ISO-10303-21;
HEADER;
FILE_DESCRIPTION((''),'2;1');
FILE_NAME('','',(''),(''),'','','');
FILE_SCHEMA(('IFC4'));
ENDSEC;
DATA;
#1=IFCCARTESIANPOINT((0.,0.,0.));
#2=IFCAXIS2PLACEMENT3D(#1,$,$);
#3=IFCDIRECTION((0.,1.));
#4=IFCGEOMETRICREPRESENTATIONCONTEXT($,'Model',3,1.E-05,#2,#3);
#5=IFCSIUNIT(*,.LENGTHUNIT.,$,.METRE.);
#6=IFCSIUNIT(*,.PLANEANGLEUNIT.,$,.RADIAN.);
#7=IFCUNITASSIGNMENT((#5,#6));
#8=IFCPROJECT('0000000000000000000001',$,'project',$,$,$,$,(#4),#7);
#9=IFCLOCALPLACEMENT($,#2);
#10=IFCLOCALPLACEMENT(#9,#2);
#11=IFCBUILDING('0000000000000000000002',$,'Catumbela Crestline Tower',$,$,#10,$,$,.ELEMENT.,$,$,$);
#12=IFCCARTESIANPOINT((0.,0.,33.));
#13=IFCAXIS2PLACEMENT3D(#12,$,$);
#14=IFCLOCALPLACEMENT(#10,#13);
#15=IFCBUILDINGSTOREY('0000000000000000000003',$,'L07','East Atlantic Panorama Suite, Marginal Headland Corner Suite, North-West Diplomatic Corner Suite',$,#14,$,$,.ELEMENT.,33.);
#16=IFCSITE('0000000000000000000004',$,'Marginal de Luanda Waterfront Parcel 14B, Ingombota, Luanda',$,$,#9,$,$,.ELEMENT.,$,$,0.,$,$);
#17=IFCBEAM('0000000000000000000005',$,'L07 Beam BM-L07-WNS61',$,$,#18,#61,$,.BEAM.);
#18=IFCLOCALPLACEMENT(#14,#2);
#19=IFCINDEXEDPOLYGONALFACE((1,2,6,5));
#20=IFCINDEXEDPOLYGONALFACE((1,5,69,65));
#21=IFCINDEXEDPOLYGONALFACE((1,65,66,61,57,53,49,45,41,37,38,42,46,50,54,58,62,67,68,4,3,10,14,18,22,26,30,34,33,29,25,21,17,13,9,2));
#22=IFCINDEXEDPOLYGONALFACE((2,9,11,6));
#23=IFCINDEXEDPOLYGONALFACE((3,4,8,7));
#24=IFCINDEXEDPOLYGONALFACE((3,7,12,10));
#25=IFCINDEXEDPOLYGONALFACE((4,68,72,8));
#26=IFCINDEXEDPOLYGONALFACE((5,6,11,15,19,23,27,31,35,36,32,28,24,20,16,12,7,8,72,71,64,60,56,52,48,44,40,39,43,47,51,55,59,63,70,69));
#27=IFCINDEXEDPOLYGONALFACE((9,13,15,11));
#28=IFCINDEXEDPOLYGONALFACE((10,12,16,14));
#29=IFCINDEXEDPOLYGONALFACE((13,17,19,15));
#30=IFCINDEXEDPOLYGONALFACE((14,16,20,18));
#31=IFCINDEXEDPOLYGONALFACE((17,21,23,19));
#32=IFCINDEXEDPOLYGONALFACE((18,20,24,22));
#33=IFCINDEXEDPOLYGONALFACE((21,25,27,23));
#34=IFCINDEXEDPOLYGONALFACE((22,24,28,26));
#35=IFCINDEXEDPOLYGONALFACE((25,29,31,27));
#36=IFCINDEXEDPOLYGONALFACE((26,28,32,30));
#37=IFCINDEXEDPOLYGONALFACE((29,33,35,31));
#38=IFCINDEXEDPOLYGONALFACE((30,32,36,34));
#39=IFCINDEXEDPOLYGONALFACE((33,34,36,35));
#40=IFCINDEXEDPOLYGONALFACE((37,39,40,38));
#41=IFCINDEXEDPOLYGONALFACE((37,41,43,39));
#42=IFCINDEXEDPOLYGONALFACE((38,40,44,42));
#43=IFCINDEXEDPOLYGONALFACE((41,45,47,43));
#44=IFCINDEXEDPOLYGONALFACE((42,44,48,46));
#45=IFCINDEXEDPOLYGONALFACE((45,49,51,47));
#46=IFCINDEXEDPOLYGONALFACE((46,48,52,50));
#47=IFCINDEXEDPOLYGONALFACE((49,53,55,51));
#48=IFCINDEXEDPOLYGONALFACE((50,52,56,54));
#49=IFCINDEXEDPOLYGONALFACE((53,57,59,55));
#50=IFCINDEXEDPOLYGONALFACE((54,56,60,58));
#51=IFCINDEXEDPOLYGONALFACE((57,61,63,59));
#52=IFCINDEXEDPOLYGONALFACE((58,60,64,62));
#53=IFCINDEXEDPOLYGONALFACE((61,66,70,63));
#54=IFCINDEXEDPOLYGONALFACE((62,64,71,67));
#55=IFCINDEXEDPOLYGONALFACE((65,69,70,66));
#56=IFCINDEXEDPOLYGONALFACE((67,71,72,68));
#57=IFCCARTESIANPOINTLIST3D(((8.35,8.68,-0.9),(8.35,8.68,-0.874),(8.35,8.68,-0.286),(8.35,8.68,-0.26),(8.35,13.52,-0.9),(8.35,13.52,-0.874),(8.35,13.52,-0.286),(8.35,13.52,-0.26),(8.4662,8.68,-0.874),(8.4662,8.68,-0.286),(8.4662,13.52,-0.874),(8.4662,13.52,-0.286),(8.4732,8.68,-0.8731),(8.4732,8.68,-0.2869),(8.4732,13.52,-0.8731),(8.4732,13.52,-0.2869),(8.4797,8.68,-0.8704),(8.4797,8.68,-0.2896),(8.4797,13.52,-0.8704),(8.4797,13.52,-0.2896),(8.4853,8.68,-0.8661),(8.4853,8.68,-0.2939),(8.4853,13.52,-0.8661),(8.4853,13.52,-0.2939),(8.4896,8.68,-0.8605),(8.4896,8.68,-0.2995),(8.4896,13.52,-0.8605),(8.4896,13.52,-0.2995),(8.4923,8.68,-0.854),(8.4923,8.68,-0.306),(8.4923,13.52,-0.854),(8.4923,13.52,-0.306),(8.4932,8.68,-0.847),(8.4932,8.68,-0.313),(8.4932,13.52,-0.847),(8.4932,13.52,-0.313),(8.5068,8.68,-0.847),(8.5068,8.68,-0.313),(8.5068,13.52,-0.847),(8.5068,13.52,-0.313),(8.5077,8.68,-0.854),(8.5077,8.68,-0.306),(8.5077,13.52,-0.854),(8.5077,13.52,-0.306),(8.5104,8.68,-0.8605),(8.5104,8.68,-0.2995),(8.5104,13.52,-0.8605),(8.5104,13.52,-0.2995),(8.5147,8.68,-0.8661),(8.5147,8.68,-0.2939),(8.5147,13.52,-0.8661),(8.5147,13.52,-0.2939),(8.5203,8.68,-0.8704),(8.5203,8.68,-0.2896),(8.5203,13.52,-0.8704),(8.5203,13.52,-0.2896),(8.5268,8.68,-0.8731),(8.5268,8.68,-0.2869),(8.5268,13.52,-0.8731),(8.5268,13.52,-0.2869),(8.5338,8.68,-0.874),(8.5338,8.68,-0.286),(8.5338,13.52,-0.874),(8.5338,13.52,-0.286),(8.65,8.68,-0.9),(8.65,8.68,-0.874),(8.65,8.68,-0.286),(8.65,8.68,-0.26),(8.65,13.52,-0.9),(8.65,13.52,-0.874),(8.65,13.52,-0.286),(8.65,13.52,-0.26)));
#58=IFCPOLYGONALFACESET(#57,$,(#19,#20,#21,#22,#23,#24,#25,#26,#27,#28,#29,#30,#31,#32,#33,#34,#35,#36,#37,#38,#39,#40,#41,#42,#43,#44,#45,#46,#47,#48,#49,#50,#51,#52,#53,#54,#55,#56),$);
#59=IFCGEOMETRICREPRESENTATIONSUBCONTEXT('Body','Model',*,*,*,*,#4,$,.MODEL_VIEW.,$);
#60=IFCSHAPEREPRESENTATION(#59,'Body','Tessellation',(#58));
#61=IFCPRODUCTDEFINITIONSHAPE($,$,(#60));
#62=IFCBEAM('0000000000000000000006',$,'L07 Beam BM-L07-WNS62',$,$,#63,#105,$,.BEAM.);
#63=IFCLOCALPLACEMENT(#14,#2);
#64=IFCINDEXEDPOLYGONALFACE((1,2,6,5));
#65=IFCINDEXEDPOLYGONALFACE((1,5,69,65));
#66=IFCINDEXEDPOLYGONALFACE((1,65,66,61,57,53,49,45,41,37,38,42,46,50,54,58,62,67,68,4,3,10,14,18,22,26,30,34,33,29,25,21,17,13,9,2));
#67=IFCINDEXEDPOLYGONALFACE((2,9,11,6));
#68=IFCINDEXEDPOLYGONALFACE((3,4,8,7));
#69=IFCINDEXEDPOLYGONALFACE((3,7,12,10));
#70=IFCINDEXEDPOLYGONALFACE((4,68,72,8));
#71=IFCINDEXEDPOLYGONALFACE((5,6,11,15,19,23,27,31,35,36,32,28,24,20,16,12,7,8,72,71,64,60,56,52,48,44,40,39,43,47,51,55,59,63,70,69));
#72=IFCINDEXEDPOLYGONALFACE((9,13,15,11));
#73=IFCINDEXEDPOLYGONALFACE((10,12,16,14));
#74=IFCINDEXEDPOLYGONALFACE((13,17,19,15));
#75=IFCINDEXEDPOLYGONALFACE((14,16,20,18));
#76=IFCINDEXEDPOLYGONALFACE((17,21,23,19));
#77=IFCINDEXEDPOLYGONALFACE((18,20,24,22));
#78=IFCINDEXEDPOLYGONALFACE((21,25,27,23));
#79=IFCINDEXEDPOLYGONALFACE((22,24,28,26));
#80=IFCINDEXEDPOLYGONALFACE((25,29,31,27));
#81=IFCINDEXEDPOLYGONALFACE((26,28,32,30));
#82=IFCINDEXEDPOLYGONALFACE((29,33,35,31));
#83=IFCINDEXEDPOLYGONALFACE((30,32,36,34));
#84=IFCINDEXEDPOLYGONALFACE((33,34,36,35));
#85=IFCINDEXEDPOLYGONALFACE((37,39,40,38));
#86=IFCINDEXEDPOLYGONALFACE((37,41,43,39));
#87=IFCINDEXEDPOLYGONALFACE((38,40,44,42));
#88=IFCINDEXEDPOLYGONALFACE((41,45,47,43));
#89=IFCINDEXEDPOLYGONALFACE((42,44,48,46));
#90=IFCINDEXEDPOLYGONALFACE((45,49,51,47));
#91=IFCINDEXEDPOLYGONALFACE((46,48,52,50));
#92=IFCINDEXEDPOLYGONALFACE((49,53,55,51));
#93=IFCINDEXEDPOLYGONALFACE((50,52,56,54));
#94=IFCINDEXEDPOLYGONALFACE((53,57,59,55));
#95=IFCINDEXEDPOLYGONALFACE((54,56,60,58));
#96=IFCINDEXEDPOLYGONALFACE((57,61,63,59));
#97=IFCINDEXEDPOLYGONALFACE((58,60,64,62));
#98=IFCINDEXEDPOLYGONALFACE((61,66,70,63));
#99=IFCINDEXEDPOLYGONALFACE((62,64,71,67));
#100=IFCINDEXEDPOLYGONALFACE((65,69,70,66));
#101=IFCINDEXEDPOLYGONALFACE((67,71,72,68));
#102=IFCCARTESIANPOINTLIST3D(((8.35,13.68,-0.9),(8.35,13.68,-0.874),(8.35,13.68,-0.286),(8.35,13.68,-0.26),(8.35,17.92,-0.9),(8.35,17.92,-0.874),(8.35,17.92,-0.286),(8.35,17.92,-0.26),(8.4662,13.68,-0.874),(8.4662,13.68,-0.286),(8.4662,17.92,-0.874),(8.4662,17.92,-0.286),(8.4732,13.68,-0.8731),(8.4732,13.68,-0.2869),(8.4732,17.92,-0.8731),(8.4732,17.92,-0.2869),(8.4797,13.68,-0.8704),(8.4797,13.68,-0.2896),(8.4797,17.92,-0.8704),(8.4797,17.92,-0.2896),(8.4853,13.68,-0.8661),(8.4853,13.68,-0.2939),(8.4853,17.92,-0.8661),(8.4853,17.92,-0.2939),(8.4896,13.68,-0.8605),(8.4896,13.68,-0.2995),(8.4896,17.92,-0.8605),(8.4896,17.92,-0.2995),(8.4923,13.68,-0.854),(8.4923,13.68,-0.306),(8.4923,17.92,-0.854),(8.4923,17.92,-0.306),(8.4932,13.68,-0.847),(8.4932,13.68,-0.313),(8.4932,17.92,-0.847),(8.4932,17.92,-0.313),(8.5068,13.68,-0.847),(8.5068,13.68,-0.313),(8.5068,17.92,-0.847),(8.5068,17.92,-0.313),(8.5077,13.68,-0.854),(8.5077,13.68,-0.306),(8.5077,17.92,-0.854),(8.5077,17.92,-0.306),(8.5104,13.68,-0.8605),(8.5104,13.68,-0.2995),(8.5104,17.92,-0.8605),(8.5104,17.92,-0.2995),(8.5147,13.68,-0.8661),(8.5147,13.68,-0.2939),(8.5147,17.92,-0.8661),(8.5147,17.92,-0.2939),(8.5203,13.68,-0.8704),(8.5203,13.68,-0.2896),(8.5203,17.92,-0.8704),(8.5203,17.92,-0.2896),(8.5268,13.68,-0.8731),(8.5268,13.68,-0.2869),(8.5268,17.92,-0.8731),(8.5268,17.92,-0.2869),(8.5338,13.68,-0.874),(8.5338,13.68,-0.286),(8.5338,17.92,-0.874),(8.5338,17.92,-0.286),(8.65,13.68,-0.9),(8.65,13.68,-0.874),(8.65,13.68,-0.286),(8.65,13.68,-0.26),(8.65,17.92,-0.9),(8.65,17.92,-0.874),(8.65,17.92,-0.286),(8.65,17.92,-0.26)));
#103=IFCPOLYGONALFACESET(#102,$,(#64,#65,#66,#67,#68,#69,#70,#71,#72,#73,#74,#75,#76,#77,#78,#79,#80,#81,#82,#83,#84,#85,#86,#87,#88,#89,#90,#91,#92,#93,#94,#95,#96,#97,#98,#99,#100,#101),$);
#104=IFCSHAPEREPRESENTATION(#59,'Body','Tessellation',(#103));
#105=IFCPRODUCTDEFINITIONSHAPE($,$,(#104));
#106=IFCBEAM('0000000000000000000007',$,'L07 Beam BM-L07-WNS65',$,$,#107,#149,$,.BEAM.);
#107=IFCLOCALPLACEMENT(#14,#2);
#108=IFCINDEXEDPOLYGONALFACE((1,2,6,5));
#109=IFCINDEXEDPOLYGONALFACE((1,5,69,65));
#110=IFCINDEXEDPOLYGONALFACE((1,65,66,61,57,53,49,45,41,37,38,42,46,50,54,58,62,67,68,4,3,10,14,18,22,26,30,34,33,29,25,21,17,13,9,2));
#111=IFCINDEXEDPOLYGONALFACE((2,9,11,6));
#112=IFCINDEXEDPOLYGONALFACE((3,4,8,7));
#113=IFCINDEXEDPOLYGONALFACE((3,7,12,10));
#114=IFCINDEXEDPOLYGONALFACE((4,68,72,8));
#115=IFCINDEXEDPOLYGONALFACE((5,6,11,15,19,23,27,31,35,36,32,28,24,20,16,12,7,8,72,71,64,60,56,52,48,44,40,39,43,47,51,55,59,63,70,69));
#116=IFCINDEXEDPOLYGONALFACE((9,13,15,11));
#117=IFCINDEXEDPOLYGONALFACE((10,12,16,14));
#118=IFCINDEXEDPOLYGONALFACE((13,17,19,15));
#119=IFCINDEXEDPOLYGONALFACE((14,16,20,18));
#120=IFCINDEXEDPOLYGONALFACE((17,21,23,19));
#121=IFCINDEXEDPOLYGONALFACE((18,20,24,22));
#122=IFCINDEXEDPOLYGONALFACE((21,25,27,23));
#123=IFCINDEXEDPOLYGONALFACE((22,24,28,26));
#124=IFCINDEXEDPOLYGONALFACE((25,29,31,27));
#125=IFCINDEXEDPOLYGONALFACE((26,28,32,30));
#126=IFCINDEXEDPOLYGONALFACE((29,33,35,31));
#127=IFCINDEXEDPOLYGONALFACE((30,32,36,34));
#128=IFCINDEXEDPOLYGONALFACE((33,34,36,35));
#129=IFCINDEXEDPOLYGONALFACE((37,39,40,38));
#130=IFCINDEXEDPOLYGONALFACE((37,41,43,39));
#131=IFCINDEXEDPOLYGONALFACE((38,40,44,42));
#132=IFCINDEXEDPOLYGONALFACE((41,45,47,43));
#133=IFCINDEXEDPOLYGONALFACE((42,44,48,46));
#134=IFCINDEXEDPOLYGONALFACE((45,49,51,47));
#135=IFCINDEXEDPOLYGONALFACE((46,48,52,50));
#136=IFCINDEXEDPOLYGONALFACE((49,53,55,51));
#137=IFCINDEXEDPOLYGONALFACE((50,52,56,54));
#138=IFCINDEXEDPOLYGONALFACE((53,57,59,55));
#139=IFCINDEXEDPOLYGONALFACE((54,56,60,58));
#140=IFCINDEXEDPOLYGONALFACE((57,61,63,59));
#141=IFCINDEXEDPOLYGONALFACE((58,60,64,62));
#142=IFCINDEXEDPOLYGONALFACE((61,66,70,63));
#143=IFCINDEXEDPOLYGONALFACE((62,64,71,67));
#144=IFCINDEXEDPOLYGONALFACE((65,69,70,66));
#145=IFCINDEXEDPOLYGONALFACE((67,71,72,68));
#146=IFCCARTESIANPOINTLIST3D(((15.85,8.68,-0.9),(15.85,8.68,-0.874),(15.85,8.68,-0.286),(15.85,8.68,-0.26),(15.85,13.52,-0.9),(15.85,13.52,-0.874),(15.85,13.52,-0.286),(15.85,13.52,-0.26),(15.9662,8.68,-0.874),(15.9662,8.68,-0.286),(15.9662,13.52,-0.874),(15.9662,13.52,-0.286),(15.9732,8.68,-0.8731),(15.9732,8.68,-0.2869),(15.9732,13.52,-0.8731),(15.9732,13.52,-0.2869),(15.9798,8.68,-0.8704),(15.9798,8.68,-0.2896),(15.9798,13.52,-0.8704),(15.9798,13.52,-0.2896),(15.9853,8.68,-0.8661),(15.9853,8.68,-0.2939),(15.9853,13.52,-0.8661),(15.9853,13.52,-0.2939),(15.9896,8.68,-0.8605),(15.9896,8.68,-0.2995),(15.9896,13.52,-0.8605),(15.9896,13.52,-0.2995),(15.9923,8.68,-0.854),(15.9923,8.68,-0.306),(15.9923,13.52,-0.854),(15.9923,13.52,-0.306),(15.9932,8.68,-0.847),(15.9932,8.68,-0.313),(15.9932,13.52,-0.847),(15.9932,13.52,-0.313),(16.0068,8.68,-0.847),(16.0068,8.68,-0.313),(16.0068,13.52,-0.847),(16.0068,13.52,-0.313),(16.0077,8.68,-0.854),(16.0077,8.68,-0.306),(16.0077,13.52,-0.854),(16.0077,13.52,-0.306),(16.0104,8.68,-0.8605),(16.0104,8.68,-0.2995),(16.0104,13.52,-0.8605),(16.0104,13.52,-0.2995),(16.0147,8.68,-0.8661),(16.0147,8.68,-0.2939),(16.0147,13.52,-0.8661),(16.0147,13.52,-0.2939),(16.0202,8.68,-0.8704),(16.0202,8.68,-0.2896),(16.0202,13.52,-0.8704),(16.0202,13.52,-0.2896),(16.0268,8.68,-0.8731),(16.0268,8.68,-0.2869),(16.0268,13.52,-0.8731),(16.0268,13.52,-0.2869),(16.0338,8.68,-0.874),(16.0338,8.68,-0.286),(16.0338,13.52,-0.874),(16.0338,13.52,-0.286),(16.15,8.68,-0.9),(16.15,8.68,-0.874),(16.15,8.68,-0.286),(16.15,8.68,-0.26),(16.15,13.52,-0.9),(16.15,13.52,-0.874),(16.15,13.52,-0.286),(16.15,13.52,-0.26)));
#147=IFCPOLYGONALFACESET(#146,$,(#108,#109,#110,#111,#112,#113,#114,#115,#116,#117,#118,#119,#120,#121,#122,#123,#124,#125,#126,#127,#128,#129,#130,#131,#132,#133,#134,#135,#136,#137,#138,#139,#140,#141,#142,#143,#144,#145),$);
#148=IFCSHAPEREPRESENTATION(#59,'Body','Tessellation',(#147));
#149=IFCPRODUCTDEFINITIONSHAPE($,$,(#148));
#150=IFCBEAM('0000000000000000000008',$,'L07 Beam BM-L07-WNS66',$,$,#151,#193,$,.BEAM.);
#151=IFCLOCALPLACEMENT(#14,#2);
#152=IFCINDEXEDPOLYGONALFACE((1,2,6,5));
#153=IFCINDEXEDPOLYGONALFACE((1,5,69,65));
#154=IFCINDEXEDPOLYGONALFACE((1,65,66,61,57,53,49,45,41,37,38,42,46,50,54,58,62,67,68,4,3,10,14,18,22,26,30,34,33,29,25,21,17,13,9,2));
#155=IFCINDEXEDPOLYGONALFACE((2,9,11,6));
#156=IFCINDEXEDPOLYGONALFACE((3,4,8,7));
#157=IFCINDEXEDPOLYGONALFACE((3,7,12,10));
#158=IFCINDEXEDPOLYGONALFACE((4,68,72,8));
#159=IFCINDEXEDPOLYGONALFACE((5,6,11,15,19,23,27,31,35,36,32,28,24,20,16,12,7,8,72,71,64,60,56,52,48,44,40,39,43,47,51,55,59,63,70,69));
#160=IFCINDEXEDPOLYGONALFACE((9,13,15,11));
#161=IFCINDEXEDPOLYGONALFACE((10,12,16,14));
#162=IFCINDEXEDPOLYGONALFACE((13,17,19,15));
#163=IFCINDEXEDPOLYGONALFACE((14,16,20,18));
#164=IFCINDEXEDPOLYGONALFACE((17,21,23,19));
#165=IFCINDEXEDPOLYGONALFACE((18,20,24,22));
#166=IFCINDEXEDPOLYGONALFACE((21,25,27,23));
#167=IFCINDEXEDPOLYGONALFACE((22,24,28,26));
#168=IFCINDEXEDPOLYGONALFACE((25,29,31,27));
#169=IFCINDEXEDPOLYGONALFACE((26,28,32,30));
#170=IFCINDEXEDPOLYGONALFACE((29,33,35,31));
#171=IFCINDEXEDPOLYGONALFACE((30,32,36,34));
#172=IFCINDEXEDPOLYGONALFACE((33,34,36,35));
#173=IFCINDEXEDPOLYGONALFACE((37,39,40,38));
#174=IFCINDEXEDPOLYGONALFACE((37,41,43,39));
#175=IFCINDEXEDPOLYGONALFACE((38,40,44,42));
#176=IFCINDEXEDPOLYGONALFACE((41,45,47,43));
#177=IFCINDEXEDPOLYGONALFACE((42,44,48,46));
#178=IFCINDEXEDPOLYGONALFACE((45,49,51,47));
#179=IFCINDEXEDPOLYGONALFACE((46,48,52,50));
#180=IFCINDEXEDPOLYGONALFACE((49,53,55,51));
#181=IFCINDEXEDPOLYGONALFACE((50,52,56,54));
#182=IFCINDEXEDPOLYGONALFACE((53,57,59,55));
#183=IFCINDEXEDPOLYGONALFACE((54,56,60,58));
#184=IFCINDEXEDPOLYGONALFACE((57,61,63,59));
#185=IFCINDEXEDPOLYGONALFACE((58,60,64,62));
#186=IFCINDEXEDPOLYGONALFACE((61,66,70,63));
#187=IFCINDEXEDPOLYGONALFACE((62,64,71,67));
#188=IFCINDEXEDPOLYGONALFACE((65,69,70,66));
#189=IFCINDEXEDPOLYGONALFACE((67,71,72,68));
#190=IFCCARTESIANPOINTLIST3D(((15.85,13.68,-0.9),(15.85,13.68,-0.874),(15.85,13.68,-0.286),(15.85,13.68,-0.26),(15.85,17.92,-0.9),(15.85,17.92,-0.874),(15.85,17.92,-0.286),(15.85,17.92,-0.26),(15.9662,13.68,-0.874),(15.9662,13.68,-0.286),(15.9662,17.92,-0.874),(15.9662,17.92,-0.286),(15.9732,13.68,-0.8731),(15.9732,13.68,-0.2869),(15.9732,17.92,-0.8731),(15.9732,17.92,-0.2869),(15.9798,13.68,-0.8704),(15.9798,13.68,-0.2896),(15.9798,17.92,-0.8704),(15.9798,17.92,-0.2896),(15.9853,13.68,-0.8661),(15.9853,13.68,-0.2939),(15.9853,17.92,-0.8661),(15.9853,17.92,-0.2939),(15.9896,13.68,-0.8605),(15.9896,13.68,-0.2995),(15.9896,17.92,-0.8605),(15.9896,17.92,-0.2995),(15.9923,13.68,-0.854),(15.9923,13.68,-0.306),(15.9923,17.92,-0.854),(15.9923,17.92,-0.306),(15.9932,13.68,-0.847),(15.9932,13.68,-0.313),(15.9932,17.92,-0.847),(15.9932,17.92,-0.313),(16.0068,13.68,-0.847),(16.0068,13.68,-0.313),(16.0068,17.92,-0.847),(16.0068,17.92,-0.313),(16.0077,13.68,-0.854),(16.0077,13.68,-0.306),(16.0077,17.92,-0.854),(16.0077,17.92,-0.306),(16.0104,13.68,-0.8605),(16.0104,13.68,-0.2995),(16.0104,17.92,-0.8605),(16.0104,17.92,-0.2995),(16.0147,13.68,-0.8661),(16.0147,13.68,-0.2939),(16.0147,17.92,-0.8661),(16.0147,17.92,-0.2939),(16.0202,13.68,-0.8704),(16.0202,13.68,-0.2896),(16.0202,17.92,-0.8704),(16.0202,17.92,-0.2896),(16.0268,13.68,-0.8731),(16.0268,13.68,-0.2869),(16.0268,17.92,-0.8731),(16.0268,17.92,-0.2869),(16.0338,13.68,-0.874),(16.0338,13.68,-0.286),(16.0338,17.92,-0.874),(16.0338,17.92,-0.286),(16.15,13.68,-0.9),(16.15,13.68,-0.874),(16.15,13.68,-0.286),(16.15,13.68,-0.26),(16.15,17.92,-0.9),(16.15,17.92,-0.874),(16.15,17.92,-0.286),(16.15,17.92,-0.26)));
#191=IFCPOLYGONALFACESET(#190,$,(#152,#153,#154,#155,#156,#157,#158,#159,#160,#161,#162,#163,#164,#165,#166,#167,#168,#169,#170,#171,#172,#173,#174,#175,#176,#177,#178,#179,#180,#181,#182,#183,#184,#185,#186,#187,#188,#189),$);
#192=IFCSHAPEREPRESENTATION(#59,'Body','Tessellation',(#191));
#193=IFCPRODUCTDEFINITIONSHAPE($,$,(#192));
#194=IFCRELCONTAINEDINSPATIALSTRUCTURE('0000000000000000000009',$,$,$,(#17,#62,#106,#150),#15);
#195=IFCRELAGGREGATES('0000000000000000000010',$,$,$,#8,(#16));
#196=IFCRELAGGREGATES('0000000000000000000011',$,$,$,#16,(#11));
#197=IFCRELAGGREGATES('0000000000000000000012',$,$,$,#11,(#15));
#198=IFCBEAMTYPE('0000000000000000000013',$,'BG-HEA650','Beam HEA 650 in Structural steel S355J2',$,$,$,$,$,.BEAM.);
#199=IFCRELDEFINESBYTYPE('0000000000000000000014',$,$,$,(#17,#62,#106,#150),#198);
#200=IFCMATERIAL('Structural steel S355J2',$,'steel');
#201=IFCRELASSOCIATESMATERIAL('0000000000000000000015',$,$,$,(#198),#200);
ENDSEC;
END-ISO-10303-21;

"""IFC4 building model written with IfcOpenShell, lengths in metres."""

from ifc_helpers import new_model, si_unit, direction, frame, origin, origin_2d, place, context, subcontext, project, spatial, i_section, extrude, material, material_profile, profile_set, type_object, element, save


model = new_model("IFC4")

# Units and contexts
model_context = context("Model", 3, precision=1e-05, world=origin(), true_north=direction((0.0, 1.0)))
body_context = subcontext(model_context, "Body", "Model", "MODEL_VIEW")
ifc_project = project(units=[si_unit("LENGTHUNIT", "METRE"), si_unit("PLANEANGLEUNIT", "RADIAN")], contexts=[model_context])

# Site, building, storey
site_placement = place(None, origin())
site = spatial("IfcSite", under=ifc_project, at=site_placement, Name="Marginal de Luanda Waterfront Parcel 14B, Ingombota, Luanda", CompositionType="ELEMENT", RefElevation=0.0)
building_placement = place(site_placement, origin())
building = spatial("IfcBuilding", under=site, at=building_placement, Name="Catumbela Crestline Tower", CompositionType="ELEMENT")
storey_placement = place(building_placement, frame((0.0, 0.0, 33.0)))
storey = spatial("IfcBuildingStorey", under=building, at=storey_placement, Name="L07", Description="East Atlantic Panorama Suite, Marginal Headland Corner Suite, North-West Diplomatic Corner Suite", CompositionType="ELEMENT", Elevation=33.0)

# Beams
ifc_material_1 = material(Name="Structural steel S355J2", Category="steel")
ifc_material_profile_1 = material_profile(ifc_material_1, i_section(OverallWidth=0.3, OverallDepth=0.64, WebThickness=0.0135, FlangeThickness=0.026, FilletRadius=0.027, at=origin_2d()), Name="HEA 650")
ifc_profile_set_1 = profile_set([ifc_material_profile_1], Name="Structural steel S355J2")
beam_type_1 = type_object("IfcBeamType", Name="BG-HEA650", Description="Beam HEA 650 in Structural steel S355J2", PredefinedType="BEAM", material=ifc_profile_set_1)
beam_1_placement = place(storey_placement, frame((8.5, 8.68, -0.58), z_axis=(0.0, 1.0, 0.0), x_axis=(-1.0, 0.0, 0.0)))
element("IfcBeam", 1, at=beam_1_placement, inside=storey, type_object=beam_type_1, Name="L07 Beam BM-L07-WNS61", PredefinedType="BEAM", context=body_context, shape_type="SweptSolid", body=[
    extrude(i_section(OverallWidth=0.3, OverallDepth=0.64, WebThickness=0.0135, FlangeThickness=0.026, FilletRadius=0.027, at=origin_2d()), origin(), (0.0, 0.0, 1.0), 4.84),
])
beam_2_placement = place(storey_placement, frame((8.5, 13.68, -0.58), z_axis=(0.0, 1.0, 0.0), x_axis=(-1.0, 0.0, 0.0)))
element("IfcBeam", 2, at=beam_2_placement, inside=storey, type_object=beam_type_1, Name="L07 Beam BM-L07-WNS62", PredefinedType="BEAM", context=body_context, shape_type="SweptSolid", body=[
    extrude(i_section(OverallWidth=0.3, OverallDepth=0.64, WebThickness=0.0135, FlangeThickness=0.026, FilletRadius=0.027, at=origin_2d()), origin(), (0.0, 0.0, 1.0), 4.24),
])
beam_3_placement = place(storey_placement, frame((16.0, 8.68, -0.58), z_axis=(0.0, 1.0, 0.0), x_axis=(-1.0, 0.0, 0.0)))
element("IfcBeam", 3, at=beam_3_placement, inside=storey, type_object=beam_type_1, Name="L07 Beam BM-L07-WNS65", PredefinedType="BEAM", context=body_context, shape_type="SweptSolid", body=[
    extrude(i_section(OverallWidth=0.3, OverallDepth=0.64, WebThickness=0.0135, FlangeThickness=0.026, FilletRadius=0.027, at=origin_2d()), origin(), (0.0, 0.0, 1.0), 4.84),
])
beam_4_placement = place(storey_placement, frame((16.0, 13.68, -0.58), z_axis=(0.0, 1.0, 0.0), x_axis=(-1.0, 0.0, 0.0)))
element("IfcBeam", 4, at=beam_4_placement, inside=storey, type_object=beam_type_1, Name="L07 Beam BM-L07-WNS66", PredefinedType="BEAM", context=body_context, shape_type="SweptSolid", body=[
    extrude(i_section(OverallWidth=0.3, OverallDepth=0.64, WebThickness=0.0135, FlangeThickness=0.026, FilletRadius=0.027, at=origin_2d()), origin(), (0.0, 0.0, 1.0), 4.24),
])

save(model, "model.ifc")
